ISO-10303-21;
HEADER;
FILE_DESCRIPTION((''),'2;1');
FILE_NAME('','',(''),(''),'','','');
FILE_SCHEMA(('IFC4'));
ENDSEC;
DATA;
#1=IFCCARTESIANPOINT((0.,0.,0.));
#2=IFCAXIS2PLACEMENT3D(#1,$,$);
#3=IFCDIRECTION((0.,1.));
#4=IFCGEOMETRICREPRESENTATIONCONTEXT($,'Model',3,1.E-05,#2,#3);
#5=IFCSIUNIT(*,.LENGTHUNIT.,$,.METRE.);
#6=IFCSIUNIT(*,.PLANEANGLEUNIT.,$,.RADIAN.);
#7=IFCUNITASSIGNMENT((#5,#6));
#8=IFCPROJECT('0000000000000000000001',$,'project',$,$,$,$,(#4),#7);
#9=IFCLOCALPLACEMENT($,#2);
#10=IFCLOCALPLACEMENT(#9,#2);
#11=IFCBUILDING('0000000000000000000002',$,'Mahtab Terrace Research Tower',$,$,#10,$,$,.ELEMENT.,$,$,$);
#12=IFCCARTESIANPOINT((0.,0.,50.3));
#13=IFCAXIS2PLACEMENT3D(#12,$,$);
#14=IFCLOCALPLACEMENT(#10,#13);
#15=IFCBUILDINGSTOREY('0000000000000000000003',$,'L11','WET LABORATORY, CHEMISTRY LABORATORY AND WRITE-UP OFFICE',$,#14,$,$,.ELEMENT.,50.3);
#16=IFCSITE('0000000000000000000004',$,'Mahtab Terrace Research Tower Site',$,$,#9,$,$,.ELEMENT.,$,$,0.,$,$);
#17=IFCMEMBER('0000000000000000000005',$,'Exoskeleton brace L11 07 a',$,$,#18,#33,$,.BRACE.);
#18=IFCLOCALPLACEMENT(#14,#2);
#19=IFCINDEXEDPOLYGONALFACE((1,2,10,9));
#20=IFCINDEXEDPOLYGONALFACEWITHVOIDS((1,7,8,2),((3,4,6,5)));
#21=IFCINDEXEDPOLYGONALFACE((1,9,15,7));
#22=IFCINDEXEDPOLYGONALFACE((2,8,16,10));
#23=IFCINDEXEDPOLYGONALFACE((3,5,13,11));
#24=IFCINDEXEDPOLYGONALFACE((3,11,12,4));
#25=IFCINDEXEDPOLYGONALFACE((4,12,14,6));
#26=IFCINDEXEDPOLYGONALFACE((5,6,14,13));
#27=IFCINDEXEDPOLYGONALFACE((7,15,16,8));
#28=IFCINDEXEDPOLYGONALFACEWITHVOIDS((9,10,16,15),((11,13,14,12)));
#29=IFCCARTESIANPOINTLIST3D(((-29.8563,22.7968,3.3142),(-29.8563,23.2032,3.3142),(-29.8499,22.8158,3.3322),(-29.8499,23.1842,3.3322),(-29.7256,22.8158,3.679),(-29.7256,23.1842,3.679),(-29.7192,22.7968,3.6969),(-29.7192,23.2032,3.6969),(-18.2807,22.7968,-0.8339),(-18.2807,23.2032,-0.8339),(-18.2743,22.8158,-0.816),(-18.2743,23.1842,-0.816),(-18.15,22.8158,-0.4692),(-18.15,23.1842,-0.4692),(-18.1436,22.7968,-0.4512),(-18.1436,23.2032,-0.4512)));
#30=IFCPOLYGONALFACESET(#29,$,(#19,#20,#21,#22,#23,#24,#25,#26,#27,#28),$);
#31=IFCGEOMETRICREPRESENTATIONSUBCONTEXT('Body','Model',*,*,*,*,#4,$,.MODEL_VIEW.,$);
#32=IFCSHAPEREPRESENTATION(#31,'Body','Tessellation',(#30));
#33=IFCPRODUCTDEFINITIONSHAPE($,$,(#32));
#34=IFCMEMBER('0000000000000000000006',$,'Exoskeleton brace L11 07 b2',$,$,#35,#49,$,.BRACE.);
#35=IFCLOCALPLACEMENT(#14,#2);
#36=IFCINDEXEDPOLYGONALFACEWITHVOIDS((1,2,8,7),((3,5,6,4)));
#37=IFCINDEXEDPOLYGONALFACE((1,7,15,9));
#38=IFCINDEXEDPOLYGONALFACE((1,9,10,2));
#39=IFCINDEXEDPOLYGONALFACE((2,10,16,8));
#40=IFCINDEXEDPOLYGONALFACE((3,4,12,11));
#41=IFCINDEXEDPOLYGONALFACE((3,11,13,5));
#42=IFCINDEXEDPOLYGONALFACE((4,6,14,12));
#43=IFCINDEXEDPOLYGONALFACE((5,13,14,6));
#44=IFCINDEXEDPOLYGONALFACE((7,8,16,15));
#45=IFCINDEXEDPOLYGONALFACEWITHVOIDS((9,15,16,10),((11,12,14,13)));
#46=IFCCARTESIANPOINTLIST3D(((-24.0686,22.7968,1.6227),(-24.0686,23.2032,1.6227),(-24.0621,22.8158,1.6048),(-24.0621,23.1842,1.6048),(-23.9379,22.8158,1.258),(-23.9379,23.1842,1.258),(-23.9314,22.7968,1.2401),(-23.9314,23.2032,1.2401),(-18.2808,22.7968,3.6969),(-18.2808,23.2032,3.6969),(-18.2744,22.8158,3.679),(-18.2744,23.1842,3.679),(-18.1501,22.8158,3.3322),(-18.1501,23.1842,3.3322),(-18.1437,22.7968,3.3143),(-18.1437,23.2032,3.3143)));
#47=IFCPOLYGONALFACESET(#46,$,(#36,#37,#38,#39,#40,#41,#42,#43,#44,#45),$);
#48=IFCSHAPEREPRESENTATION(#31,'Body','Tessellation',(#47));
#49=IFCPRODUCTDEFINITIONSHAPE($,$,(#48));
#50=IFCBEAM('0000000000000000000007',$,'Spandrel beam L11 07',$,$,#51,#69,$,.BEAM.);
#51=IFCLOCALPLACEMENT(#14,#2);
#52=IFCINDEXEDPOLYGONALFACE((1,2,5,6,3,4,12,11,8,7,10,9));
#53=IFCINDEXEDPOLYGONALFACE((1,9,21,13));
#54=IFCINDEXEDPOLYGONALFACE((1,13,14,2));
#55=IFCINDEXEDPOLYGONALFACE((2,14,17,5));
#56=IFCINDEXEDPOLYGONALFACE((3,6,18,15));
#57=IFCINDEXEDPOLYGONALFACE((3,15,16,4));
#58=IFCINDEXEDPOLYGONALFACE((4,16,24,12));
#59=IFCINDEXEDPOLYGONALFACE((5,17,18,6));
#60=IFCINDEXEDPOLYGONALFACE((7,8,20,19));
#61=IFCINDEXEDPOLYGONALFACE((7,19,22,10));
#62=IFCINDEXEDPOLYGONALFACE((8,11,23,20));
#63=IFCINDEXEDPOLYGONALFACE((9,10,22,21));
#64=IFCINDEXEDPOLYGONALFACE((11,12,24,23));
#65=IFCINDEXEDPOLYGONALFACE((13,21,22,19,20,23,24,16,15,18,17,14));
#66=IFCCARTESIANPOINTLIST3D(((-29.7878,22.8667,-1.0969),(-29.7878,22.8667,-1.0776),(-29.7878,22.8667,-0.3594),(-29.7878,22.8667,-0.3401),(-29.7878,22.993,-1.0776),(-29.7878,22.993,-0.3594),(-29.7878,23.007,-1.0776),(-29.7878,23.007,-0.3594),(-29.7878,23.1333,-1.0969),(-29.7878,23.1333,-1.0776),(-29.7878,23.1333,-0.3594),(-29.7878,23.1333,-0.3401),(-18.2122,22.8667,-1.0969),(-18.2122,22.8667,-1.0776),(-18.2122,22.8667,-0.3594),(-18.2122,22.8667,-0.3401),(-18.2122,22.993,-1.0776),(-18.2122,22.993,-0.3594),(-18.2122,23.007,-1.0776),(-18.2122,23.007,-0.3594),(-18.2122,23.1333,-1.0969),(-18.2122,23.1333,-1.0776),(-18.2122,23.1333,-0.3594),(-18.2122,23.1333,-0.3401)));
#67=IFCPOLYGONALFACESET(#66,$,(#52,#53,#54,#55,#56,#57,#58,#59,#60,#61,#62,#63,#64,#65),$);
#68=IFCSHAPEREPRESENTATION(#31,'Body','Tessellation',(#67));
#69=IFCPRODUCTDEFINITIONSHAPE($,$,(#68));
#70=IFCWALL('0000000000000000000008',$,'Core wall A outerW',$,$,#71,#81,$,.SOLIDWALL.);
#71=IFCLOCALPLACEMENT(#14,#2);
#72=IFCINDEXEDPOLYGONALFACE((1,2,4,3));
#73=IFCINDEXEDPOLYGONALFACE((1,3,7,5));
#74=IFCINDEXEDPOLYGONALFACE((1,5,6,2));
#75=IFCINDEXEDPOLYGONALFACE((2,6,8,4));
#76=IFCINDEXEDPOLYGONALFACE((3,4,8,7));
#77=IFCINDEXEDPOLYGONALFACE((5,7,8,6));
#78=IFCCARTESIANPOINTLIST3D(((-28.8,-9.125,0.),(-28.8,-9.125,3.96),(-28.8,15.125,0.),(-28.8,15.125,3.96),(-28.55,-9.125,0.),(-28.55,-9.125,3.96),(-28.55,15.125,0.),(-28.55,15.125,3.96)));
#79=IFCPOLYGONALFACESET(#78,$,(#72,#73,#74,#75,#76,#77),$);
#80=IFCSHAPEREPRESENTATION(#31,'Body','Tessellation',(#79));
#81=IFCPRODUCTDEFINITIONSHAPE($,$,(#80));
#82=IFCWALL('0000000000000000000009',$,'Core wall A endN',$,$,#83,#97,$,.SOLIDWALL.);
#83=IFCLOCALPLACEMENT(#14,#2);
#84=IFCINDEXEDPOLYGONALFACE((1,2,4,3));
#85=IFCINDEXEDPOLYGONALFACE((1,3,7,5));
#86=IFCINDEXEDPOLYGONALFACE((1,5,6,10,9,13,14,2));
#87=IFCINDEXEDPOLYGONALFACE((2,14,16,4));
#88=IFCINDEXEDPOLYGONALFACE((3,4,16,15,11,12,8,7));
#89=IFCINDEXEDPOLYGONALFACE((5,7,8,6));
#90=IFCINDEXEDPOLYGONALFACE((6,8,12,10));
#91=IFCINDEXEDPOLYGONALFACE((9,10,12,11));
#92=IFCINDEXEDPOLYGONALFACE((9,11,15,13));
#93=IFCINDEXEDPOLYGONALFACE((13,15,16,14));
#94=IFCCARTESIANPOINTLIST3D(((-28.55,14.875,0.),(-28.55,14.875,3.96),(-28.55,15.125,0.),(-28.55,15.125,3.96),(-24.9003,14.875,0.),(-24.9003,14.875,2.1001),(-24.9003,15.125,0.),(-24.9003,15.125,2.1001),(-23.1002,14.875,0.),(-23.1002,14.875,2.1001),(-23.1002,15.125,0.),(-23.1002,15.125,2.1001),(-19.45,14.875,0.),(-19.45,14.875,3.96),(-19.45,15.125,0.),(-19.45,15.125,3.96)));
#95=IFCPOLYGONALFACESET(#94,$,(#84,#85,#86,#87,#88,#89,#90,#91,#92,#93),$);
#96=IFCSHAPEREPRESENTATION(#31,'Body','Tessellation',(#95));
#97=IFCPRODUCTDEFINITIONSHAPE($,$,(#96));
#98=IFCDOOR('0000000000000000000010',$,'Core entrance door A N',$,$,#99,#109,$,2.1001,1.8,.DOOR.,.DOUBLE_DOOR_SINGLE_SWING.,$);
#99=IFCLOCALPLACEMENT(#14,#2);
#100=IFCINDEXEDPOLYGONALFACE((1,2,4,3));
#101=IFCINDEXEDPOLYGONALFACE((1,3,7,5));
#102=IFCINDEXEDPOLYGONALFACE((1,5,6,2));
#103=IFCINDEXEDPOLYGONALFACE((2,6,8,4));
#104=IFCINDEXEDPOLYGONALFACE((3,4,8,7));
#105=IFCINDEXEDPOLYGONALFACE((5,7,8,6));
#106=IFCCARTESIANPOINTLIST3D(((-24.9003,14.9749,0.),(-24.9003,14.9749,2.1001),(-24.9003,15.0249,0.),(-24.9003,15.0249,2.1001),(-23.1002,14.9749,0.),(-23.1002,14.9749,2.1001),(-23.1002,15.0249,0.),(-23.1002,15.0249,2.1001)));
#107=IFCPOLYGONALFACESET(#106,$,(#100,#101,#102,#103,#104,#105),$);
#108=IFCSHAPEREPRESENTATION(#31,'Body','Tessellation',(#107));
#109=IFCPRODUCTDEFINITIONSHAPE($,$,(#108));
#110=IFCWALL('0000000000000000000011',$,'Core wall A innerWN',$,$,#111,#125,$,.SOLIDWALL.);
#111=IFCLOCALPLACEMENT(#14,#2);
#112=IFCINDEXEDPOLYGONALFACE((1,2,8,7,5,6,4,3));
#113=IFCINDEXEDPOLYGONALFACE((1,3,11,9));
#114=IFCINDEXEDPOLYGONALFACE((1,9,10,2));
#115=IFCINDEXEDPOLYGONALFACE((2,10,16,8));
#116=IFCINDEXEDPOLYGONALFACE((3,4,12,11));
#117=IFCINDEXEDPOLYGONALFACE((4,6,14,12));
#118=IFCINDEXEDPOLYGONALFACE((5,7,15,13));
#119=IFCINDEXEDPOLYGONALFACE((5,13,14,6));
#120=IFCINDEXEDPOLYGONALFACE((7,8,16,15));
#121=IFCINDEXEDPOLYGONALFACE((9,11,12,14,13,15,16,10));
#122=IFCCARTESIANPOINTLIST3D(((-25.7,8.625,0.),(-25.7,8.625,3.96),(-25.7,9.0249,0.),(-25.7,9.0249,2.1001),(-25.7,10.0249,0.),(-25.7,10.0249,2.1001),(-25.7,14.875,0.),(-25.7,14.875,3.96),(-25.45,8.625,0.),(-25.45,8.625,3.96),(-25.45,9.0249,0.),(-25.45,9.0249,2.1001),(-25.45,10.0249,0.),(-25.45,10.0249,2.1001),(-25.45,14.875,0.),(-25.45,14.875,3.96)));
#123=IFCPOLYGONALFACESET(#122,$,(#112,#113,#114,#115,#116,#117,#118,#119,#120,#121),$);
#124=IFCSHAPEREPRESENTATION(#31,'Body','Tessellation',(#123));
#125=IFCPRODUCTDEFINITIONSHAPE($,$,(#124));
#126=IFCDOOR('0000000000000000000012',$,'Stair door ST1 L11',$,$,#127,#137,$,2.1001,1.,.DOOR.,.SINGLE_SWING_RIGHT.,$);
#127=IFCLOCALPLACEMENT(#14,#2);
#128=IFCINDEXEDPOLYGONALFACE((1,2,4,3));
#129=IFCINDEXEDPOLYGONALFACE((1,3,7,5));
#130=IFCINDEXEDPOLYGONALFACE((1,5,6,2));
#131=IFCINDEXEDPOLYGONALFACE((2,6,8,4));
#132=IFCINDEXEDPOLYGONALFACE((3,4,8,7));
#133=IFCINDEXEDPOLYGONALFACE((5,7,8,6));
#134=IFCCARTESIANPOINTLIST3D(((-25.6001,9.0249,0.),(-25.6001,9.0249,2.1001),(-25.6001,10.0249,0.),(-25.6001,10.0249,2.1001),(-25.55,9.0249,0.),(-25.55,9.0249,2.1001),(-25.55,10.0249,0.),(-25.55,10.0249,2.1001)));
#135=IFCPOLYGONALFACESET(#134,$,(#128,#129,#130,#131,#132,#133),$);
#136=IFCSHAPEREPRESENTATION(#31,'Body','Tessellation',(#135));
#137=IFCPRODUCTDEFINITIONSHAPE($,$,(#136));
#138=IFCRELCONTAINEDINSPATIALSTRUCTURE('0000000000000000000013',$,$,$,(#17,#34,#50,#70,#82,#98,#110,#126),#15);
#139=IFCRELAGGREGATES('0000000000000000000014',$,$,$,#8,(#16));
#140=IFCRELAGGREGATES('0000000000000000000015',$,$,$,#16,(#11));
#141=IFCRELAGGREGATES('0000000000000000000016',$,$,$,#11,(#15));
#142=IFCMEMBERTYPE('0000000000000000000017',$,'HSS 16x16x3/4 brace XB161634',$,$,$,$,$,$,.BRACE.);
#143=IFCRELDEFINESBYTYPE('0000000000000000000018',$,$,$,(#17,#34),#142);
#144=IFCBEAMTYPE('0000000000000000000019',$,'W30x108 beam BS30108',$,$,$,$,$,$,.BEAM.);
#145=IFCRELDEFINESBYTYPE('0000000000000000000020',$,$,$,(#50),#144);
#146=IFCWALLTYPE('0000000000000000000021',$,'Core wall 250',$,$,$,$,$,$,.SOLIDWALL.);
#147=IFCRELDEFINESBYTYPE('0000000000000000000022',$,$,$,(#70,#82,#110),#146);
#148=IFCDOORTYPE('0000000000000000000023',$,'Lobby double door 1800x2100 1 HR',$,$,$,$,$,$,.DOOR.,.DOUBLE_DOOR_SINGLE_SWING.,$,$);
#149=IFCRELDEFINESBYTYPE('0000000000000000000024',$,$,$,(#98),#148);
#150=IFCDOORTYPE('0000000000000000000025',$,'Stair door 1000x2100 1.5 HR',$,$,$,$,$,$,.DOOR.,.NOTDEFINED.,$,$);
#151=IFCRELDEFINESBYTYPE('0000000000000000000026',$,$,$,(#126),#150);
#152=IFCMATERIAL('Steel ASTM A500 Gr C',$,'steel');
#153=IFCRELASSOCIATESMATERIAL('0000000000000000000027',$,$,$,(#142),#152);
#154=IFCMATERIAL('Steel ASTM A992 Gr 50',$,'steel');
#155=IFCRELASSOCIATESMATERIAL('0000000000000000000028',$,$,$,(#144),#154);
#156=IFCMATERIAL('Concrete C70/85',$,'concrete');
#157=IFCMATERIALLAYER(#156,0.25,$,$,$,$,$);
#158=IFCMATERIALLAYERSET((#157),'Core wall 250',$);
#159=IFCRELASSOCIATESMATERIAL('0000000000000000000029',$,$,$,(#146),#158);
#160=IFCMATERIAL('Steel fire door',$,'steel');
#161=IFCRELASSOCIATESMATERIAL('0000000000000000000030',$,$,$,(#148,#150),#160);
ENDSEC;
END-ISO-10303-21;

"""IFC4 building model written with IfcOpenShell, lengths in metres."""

from ifc_helpers import new_model, si_unit, direction, frame, frame_2d, origin, origin_2d, place, context, subcontext, project, spatial, rectangle, hollow_rectangle, i_section, extrude, material, layer, layer_set, material_profile, profile_set, type_object, element, fill, save


model = new_model("IFC4")

# Units and contexts
model_context = context("Model", 3, precision=1e-05, world=origin(), true_north=direction((0.0, 1.0)))
body_context = subcontext(model_context, "Body", "Model", "MODEL_VIEW")
ifc_project = project(units=[si_unit("LENGTHUNIT", "METRE"), si_unit("PLANEANGLEUNIT", "RADIAN")], contexts=[model_context])

# Site, building, storey
site_placement = place(None, origin())
site = spatial("IfcSite", under=ifc_project, at=site_placement, Name="Mahtab Terrace Research Tower Site", CompositionType="ELEMENT", RefElevation=0.0)
building_placement = place(site_placement, origin())
building = spatial("IfcBuilding", under=site, at=building_placement, Name="Mahtab Terrace Research Tower", CompositionType="ELEMENT")
storey_placement = place(building_placement, frame((0.0, 0.0, 50.3)))
storey = spatial("IfcBuildingStorey", under=building, at=storey_placement, Name="L11", Description="WET LABORATORY, CHEMISTRY LABORATORY AND WRITE-UP OFFICE", CompositionType="ELEMENT", Elevation=50.3)

# Members
ifc_material_1 = material(Name="Steel ASTM A500 Gr C", Category="steel")
ifc_material_profile_1 = material_profile(ifc_material_1, hollow_rectangle(XDim=0.4065, YDim=0.4065, WallThickness=0.019, at=origin_2d()), Name="HSS16X16X3/4")
ifc_profile_set_1 = profile_set([ifc_material_profile_1], Name="Steel ASTM A500 Gr C")
member_type = type_object("IfcMemberType", Name="HSS 16x16x3/4 brace XB161634", PredefinedType="BRACE", material=ifc_profile_set_1)
member_1_placement = place(storey_placement, frame((-18.2122, 23.0, -0.6426), z_axis=(-0.94138, 0.0, 0.337347), x_axis=(0.0, -1.0, 0.0)))
element("IfcMember", 1, at=member_1_placement, inside=storey, type_object=member_type, Name="Exoskeleton brace L11 07 a", PredefinedType="BRACE", context=body_context, shape_type="SweptSolid", body=[
    extrude(hollow_rectangle(XDim=0.4065, YDim=0.4065, WallThickness=0.019, at=origin_2d()), origin(), (0.0, 0.0, 1.0), 12.2964),
])
member_2_placement = place(storey_placement, frame((-24.0, 23.0, 1.4314), z_axis=(0.941374, 0.0, 0.337365), x_axis=(0.0, 1.0, 0.0)))
element("IfcMember", 2, at=member_2_placement, inside=storey, type_object=member_type, Name="Exoskeleton brace L11 07 b2", PredefinedType="BRACE", context=body_context, shape_type="SweptSolid", body=[
    extrude(hollow_rectangle(XDim=0.4065, YDim=0.4065, WallThickness=0.019, at=origin_2d()), origin(), (0.0, 0.0, 1.0), 6.1482),
])

# Beam
ifc_material_2 = material(Name="Steel ASTM A992 Gr 50", Category="steel")
ifc_material_profile_2 = material_profile(ifc_material_2, i_section(OverallWidth=0.2666, OverallDepth=0.7568, WebThickness=0.0139, FlangeThickness=0.0193, at=origin_2d()), Name="W30X108")
ifc_profile_set_2 = profile_set([ifc_material_profile_2], Name="Steel ASTM A992 Gr 50")
beam_type = type_object("IfcBeamType", Name="W30x108 beam BS30108", PredefinedType="BEAM", material=ifc_profile_set_2)
beam_placement = place(storey_placement, frame((-18.2122, 23.0, -0.7185), z_axis=(-1.0, 0.0, 0.0), x_axis=(0.0, -1.0, 0.0)))
element("IfcBeam", 3, at=beam_placement, inside=storey, type_object=beam_type, Name="Spandrel beam L11 07", PredefinedType="BEAM", context=body_context, shape_type="SweptSolid", body=[
    extrude(i_section(OverallWidth=0.2666, OverallDepth=0.7568, WebThickness=0.0139, FlangeThickness=0.0193, at=origin_2d()), origin(), (0.0, 0.0, 1.0), 11.5757),
])

# Wall
ifc_material_3 = material(Name="Concrete C70/85", Category="concrete")
ifc_layer_1 = layer(ifc_material_3, 0.25)
ifc_layer_set_1 = layer_set([ifc_layer_1], Name="Core wall 250")
wall_type_1 = type_object("IfcWallType", Name="Core wall 250", PredefinedType="SOLIDWALL", material=ifc_layer_set_1)
wall_1_placement = place(storey_placement, frame((-28.675, 15.125, 0.0), z_axis=(0.0, 0.0, 1.0), x_axis=(0.0, -1.0, 0.0)))
element("IfcWall", 4, at=wall_1_placement, inside=storey, type_object=wall_type_1, Name="Core wall A outerW", PredefinedType="SOLIDWALL", context=body_context, shape_type="SweptSolid", body=[
    extrude(rectangle(XDim=24.25, YDim=0.25, at=frame_2d((12.125, 0.0))), origin(), (0.0, 0.0, 1.0), 3.96),
])

# Walls, openings, doors
wall_2_placement = place(storey_placement, frame((-28.55, 15.0, 0.0), z_axis=(0.0, 0.0, 1.0), x_axis=(1.0, 0.0, 0.0)))
wall_2 = element("IfcWall", 5, at=wall_2_placement, inside=storey, type_object=wall_type_1, Name="Core wall A endN", PredefinedType="SOLIDWALL", context=body_context, shape_type="SweptSolid", body=[
    extrude(rectangle(XDim=9.1001, YDim=0.25, at=frame_2d((4.55, 0.0))), origin(), (0.0, 0.0, 1.0), 3.96),
])
opening_1_placement = place(wall_2_placement, frame((3.6499, 0.0, 0.0)))
opening_1 = element("IfcOpeningElement", 6, at=opening_1_placement, cuts=wall_2, PredefinedType="OPENING", context=body_context, shape_type="SweptSolid", body=[
    extrude(rectangle(XDim=1.8, YDim=2.1001, at=frame_2d((0.8999, 1.05))), frame((0.0, 0.135, 0.0), z_axis=(0.0, -1.0, 0.0), x_axis=(1.0, 0.0, 0.0)), (0.0, 0.0, 1.0), 0.27),
])
ifc_material_4 = material(Name="Steel fire door", Category="steel")
door_type_1 = type_object("IfcDoorType", Name="Lobby double door 1800x2100 1 HR", OperationType="DOUBLE_DOOR_SINGLE_SWING", PredefinedType="DOOR", material=ifc_material_4)
door_1_placement = place(opening_1_placement, origin())
door_1 = element("IfcDoor", 7, at=door_1_placement, inside=storey, type_object=door_type_1, Name="Core entrance door A N", OperationType="DOUBLE_DOOR_SINGLE_SWING", OverallHeight=2.1001, OverallWidth=1.8, PredefinedType="DOOR", context=body_context, shape_type="SweptSolid", body=[
    extrude(rectangle(XDim=1.8, YDim=2.1001, at=frame_2d((0.8999, 1.05))), frame((0.0, 0.0249, 0.0), z_axis=(0.0, -1.0, 0.0), x_axis=(1.0, 0.0, 0.0)), (0.0, 0.0, 1.0), 0.05),
])
fill(opening_1, door_1)
wall_3_placement = place(storey_placement, frame((-25.575, 14.875, 0.0), z_axis=(0.0, 0.0, 1.0), x_axis=(0.0, -1.0, 0.0)))
wall_3 = element("IfcWall", 8, at=wall_3_placement, inside=storey, type_object=wall_type_1, Name="Core wall A innerWN", PredefinedType="SOLIDWALL", context=body_context, shape_type="SweptSolid", body=[
    extrude(rectangle(XDim=6.25, YDim=0.25, at=frame_2d((3.125, 0.0))), origin(), (0.0, 0.0, 1.0), 3.96),
])
opening_2_placement = place(wall_3_placement, frame((4.8501, 0.0, 0.0)))
opening_2 = element("IfcOpeningElement", 9, at=opening_2_placement, cuts=wall_3, PredefinedType="OPENING", context=body_context, shape_type="SweptSolid", body=[
    extrude(rectangle(XDim=1.0, YDim=2.1001, at=frame_2d((0.5, 1.05))), frame((0.0, 0.135, 0.0), z_axis=(0.0, -1.0, 0.0), x_axis=(1.0, 0.0, 0.0)), (0.0, 0.0, 1.0), 0.27),
])
door_type_2 = type_object("IfcDoorType", Name="Stair door 1000x2100 1.5 HR", OperationType="NOTDEFINED", PredefinedType="DOOR", material=ifc_material_4)
door_2_placement = place(opening_2_placement, origin())
door_2 = element("IfcDoor", 10, at=door_2_placement, inside=storey, type_object=door_type_2, Name="Stair door ST1 L11", OperationType="SINGLE_SWING_RIGHT", OverallHeight=2.1001, OverallWidth=1.0, PredefinedType="DOOR", context=body_context, shape_type="SweptSolid", body=[
    extrude(rectangle(XDim=1.0, YDim=2.1001, at=frame_2d((0.5, 1.05))), frame((0.0, 0.0249, 0.0), z_axis=(0.0, -1.0, 0.0), x_axis=(1.0, 0.0, 0.0)), (0.0, 0.0, 1.0), 0.05),
])
fill(opening_2, door_2)

save(model, "model.ifc")
